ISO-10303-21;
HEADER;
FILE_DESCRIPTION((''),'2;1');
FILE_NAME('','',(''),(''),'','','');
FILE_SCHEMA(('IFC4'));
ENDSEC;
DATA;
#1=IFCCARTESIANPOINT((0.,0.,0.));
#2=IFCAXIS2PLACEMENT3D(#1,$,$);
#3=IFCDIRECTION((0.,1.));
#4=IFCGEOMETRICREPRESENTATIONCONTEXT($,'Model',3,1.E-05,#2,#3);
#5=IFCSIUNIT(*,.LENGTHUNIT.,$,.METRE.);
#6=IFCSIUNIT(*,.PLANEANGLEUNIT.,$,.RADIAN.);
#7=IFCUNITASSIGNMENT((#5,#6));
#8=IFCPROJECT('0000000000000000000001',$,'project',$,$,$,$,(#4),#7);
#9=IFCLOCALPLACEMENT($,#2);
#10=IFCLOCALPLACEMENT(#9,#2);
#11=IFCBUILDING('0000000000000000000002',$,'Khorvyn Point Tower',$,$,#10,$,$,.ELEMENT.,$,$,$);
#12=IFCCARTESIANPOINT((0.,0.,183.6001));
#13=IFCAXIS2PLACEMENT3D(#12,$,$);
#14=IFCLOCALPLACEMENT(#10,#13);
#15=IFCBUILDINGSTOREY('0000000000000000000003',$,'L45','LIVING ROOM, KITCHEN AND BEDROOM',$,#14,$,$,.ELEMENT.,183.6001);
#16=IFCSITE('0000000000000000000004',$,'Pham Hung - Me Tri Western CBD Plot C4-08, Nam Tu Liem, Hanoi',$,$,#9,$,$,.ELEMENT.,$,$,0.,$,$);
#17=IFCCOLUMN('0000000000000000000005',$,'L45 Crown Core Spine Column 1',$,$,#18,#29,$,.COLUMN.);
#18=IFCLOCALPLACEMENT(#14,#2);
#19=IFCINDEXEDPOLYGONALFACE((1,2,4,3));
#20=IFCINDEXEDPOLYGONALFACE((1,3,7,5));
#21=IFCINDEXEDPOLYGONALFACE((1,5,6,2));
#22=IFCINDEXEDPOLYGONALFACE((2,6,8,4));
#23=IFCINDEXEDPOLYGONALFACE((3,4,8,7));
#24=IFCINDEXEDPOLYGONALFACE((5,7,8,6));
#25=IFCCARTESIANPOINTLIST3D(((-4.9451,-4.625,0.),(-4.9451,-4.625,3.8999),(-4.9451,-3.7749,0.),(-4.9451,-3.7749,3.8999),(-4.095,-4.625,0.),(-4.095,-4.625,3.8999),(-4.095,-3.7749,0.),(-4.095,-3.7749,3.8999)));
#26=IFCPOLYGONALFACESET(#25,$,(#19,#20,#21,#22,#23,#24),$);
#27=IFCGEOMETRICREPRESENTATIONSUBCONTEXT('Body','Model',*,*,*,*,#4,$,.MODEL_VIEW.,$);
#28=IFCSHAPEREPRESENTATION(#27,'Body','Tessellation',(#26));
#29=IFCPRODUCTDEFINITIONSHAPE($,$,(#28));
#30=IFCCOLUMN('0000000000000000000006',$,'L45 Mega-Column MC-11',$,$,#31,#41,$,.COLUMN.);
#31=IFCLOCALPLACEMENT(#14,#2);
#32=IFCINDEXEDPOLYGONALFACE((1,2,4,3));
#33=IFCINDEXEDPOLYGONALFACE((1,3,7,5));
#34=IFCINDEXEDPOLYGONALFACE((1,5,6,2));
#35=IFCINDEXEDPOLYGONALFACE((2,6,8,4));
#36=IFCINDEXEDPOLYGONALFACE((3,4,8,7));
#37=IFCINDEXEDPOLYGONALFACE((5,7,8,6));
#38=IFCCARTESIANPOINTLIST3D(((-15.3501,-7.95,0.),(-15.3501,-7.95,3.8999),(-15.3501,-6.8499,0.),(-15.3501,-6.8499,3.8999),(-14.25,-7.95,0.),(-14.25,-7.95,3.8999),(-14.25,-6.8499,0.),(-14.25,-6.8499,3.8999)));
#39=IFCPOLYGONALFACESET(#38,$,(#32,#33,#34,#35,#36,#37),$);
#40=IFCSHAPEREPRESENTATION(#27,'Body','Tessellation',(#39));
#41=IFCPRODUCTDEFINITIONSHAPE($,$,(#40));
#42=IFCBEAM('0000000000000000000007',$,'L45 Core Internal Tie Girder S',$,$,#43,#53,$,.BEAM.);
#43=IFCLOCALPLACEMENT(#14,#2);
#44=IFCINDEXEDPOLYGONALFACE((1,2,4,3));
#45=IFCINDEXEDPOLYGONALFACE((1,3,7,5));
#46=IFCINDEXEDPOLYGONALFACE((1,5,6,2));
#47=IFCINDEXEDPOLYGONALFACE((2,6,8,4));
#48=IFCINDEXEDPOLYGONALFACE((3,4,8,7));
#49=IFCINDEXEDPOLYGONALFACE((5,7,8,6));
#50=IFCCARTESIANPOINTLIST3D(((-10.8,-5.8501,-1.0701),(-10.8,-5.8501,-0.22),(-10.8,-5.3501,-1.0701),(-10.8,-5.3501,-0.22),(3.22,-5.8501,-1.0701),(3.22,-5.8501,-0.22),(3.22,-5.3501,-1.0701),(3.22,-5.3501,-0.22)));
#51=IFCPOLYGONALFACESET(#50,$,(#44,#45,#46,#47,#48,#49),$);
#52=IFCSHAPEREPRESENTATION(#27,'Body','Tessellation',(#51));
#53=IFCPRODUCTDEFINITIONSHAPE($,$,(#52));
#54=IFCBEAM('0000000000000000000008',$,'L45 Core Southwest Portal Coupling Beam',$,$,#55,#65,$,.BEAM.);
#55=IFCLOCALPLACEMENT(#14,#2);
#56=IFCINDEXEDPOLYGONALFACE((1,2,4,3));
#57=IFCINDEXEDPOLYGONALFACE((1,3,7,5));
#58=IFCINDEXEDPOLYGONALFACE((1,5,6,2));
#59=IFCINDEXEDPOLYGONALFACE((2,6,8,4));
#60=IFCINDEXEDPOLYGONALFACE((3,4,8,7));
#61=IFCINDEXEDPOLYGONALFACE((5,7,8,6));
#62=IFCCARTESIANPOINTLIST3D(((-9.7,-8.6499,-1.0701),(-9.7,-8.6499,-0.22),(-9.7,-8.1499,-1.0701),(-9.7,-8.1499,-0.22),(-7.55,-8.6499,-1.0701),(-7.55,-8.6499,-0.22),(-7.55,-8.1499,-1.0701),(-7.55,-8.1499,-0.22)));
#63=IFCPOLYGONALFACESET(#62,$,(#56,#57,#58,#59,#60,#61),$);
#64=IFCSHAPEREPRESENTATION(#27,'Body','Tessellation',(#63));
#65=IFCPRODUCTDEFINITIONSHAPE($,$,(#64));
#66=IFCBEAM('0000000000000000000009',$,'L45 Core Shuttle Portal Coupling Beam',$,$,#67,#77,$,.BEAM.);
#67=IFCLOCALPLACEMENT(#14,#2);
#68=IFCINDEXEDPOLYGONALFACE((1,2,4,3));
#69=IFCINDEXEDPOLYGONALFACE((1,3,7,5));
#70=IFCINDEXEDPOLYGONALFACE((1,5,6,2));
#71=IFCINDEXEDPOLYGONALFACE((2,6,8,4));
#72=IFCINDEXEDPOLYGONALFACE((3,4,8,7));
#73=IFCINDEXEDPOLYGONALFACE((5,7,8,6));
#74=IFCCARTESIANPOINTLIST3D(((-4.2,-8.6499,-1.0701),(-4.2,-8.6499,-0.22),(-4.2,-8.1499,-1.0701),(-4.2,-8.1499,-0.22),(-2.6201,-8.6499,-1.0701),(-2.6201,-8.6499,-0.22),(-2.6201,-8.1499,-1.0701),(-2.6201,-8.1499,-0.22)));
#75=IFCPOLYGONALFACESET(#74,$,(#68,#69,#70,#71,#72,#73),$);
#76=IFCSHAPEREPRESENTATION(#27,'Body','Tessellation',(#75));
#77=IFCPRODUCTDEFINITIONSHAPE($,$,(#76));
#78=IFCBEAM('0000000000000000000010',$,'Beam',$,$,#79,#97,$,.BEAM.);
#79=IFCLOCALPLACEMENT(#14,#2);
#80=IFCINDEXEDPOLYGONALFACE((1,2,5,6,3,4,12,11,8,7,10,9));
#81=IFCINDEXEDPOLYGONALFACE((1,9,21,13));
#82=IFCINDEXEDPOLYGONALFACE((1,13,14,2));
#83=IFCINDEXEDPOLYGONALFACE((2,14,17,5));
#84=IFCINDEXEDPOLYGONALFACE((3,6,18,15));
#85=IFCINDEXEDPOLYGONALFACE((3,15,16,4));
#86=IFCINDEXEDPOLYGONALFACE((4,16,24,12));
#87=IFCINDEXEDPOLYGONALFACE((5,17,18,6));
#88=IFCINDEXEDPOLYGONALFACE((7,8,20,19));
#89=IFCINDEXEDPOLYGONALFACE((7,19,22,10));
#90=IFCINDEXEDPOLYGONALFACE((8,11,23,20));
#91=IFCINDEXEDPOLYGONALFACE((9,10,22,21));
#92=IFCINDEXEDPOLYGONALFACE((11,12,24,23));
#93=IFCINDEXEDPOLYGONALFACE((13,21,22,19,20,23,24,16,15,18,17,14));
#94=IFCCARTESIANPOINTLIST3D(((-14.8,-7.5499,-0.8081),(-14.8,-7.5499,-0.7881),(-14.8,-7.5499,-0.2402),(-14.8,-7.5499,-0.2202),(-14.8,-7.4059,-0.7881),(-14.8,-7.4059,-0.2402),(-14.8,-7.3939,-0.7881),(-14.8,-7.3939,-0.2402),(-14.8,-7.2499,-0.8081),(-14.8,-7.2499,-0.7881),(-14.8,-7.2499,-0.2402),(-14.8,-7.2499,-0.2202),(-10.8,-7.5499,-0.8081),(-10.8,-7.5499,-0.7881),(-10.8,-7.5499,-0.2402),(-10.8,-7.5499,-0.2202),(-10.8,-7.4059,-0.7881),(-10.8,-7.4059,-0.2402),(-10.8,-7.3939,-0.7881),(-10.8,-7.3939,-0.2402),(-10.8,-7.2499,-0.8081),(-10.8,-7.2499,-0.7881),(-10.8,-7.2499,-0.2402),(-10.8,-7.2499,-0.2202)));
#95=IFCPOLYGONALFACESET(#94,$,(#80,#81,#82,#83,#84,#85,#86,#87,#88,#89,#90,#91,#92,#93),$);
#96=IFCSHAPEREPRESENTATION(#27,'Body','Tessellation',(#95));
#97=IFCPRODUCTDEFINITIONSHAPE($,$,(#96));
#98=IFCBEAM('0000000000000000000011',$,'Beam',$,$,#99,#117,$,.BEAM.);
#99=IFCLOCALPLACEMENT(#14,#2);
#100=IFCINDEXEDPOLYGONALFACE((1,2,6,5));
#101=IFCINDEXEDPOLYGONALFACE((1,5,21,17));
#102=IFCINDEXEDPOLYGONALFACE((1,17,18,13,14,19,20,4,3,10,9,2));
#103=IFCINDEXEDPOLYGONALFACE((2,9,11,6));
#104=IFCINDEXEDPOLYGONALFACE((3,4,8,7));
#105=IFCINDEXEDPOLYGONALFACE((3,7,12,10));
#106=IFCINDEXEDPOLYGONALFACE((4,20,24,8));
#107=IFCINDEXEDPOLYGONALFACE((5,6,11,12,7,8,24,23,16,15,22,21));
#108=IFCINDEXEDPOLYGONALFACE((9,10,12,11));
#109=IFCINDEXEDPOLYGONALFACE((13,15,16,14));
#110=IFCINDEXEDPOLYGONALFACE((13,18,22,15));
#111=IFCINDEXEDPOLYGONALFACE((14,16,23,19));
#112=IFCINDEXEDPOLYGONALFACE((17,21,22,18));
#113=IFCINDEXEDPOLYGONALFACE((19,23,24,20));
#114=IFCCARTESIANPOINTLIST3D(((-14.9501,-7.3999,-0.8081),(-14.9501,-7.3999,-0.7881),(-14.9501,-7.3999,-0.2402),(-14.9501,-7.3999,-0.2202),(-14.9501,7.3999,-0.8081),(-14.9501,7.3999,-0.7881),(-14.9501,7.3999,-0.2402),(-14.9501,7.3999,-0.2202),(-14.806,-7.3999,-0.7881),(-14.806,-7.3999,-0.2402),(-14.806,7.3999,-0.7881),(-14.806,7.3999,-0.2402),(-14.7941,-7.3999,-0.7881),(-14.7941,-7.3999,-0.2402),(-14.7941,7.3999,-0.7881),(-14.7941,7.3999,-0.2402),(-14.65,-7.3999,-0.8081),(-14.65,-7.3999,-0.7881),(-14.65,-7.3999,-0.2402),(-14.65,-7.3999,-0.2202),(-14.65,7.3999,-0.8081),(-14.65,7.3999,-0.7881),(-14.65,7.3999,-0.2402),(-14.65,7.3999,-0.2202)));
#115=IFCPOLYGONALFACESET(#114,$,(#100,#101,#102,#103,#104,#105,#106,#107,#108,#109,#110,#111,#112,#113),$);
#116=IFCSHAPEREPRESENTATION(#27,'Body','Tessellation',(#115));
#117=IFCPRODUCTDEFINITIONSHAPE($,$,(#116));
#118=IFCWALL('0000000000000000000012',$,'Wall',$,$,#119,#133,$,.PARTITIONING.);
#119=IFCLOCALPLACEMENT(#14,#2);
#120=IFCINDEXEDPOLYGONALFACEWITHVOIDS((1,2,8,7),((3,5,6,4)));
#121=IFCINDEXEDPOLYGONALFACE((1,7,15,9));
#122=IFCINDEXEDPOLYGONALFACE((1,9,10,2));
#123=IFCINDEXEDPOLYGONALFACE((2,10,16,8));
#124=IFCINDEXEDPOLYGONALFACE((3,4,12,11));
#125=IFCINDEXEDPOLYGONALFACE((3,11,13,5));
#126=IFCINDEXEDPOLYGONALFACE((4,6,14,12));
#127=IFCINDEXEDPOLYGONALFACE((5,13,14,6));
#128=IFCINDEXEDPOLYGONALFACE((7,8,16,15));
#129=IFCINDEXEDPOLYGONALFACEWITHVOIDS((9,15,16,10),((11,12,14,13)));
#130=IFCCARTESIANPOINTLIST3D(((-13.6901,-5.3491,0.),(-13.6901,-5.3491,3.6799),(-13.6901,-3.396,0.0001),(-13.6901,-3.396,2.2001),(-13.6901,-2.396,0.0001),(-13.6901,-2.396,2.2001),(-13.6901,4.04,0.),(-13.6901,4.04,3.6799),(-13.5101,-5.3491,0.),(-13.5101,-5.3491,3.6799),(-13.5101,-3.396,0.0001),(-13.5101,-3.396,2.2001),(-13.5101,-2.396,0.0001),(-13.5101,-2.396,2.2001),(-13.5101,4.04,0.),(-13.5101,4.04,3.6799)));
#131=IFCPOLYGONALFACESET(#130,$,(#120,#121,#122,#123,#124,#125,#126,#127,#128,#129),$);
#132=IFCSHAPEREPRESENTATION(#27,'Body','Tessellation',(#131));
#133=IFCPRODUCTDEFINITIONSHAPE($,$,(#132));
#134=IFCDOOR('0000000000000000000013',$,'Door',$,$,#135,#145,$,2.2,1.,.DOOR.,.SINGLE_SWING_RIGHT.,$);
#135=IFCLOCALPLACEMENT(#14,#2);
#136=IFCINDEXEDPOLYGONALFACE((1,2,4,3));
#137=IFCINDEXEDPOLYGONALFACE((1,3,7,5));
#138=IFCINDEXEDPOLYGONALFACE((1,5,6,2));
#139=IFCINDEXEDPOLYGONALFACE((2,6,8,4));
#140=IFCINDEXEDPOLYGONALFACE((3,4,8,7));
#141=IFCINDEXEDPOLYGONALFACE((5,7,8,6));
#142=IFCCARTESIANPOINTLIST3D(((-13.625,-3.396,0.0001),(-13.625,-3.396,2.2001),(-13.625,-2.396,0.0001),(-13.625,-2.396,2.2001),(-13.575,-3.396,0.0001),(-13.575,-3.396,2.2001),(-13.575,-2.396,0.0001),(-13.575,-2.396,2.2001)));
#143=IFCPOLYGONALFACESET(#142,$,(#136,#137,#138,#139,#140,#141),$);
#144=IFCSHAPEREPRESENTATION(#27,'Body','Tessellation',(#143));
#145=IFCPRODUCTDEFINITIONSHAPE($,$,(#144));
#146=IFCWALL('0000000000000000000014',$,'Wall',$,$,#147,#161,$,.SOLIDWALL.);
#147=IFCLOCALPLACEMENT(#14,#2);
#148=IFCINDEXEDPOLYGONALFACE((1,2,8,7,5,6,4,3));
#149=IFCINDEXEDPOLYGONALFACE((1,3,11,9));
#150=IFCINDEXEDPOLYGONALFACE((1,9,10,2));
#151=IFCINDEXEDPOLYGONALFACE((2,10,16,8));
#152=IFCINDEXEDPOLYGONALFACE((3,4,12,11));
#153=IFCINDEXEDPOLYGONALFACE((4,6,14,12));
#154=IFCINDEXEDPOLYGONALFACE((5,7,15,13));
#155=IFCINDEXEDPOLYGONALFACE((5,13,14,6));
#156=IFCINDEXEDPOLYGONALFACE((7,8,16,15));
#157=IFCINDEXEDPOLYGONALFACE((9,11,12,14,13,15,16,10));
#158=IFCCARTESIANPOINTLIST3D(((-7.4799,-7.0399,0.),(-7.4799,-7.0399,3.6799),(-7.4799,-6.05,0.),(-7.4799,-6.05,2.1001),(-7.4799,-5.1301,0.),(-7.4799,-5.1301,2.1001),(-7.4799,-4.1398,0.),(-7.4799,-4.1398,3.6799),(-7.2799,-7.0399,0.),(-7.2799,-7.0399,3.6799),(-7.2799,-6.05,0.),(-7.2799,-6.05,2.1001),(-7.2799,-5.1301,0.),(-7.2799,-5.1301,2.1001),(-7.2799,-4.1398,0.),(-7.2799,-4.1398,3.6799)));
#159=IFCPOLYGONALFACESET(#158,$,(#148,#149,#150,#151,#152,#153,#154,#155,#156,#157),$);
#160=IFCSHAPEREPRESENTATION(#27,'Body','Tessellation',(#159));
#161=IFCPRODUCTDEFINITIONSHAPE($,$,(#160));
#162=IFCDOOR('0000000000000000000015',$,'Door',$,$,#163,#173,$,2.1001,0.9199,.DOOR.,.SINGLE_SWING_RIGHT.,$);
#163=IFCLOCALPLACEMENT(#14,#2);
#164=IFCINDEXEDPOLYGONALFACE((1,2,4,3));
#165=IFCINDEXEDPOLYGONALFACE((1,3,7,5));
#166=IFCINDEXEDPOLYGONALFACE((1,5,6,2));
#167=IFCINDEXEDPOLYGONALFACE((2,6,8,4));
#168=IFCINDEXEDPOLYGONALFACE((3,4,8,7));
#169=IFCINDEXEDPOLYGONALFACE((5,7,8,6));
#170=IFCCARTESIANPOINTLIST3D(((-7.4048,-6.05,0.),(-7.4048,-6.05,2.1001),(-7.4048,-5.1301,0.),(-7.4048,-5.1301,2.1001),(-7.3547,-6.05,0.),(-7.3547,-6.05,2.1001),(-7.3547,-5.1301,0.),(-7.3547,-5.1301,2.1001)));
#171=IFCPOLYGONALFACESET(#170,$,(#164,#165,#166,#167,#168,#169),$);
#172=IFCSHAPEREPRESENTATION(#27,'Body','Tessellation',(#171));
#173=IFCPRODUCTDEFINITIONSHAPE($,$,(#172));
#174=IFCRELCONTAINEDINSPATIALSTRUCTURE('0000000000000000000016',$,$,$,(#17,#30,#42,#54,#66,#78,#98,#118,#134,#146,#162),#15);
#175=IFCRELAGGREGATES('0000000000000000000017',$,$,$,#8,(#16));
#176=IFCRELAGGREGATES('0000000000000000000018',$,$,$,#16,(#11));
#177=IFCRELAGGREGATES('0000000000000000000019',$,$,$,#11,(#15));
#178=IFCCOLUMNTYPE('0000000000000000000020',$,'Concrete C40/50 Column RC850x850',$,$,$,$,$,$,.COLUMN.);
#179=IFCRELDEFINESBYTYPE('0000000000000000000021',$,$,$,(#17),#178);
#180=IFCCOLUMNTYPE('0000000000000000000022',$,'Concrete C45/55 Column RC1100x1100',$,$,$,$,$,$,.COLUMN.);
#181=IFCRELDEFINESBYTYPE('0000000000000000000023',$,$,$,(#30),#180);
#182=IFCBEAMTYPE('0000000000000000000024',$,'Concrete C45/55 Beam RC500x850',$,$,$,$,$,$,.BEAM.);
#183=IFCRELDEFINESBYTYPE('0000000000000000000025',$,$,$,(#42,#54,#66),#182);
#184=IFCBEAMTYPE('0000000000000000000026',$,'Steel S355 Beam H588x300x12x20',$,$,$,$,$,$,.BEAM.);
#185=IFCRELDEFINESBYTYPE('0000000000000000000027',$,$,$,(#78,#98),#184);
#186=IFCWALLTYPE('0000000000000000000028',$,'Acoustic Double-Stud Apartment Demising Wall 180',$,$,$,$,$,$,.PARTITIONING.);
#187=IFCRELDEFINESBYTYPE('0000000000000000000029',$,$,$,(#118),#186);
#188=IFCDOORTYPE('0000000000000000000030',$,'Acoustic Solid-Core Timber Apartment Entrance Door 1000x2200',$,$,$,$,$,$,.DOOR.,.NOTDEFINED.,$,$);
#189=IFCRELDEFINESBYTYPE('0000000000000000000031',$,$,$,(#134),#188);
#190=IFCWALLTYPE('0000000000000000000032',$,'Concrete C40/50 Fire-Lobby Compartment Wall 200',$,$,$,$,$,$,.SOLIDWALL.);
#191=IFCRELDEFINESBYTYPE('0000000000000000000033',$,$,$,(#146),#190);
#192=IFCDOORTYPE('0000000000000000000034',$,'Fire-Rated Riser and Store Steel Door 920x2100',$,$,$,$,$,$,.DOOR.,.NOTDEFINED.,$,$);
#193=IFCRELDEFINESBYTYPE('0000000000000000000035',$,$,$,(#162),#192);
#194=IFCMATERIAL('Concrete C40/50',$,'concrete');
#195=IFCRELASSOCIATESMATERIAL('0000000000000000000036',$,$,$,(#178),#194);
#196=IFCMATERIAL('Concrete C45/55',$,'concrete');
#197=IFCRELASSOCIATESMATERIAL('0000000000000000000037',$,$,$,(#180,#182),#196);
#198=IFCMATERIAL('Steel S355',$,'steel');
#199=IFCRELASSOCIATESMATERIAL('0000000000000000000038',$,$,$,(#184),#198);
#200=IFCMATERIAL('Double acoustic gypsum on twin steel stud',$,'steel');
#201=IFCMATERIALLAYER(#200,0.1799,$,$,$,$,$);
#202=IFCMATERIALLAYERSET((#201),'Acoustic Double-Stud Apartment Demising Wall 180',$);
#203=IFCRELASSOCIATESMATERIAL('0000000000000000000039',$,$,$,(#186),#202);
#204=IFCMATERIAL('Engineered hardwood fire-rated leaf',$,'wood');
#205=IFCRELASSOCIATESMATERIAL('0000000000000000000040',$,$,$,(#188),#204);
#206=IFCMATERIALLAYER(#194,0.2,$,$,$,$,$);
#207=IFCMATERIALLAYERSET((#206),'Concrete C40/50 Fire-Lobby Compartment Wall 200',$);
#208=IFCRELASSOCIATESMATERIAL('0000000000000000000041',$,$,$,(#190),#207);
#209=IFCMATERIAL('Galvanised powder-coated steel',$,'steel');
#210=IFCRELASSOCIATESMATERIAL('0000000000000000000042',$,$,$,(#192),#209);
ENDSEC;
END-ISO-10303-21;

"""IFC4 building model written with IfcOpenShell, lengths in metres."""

from ifc_helpers import new_model, si_unit, direction, frame, frame_2d, origin, origin_2d, place, context, subcontext, project, spatial, rectangle, i_section, extrude, material, layer, layer_set, material_profile, profile_set, type_object, element, fill, save


model = new_model("IFC4")

# Units and contexts
model_context = context("Model", 3, precision=1e-05, world=origin(), true_north=direction((0.0, 1.0)))
body_context = subcontext(model_context, "Body", "Model", "MODEL_VIEW")
ifc_project = project(units=[si_unit("LENGTHUNIT", "METRE"), si_unit("PLANEANGLEUNIT", "RADIAN")], contexts=[model_context])

# Site, building, storey
site_placement = place(None, origin())
site = spatial("IfcSite", under=ifc_project, at=site_placement, Name="Pham Hung - Me Tri Western CBD Plot C4-08, Nam Tu Liem, Hanoi", CompositionType="ELEMENT", RefElevation=0.0)
building_placement = place(site_placement, origin())
building = spatial("IfcBuilding", under=site, at=building_placement, Name="Khorvyn Point Tower", CompositionType="ELEMENT")
storey_placement = place(building_placement, frame((0.0, 0.0, 183.6001)))
storey = spatial("IfcBuildingStorey", under=building, at=storey_placement, Name="L45", Description="LIVING ROOM, KITCHEN AND BEDROOM", CompositionType="ELEMENT", Elevation=183.6001)

# Columns
ifc_material_1 = material(Name="Concrete C40/50", Category="concrete")
ifc_material_profile_1 = material_profile(ifc_material_1, rectangle(XDim=0.8501, YDim=0.8501, at=origin_2d()))
ifc_profile_set_1 = profile_set([ifc_material_profile_1], Name="Concrete C40/50 RC850x850")
column_type_1 = type_object("IfcColumnType", Name="Concrete C40/50 Column RC850x850", PredefinedType="COLUMN", material=ifc_profile_set_1)
column_1_placement = place(storey_placement, frame((-4.52, -4.2, 0.0), z_axis=(0.0, 0.0, 1.0), x_axis=(1.0, 0.0, 0.0)))
element("IfcColumn", 1, at=column_1_placement, inside=storey, type_object=column_type_1, Name="L45 Crown Core Spine Column 1", PredefinedType="COLUMN", context=body_context, shape_type="SweptSolid", body=[
    extrude(rectangle(XDim=0.8501, YDim=0.8501, at=origin_2d()), origin(), (0.0, 0.0, 1.0), 3.8999),
])
ifc_material_2 = material(Name="Concrete C45/55", Category="concrete")
ifc_material_profile_2 = material_profile(ifc_material_2, rectangle(XDim=1.1001, YDim=1.1001, at=origin_2d()))
ifc_profile_set_2 = profile_set([ifc_material_profile_2], Name="Concrete C45/55 RC1100x1100")
column_type_2 = type_object("IfcColumnType", Name="Concrete C45/55 Column RC1100x1100", PredefinedType="COLUMN", material=ifc_profile_set_2)
column_2_placement = place(storey_placement, frame((-14.8, -7.3999, 0.0), z_axis=(0.0, 0.0, 1.0), x_axis=(1.0, 0.0, 0.0)))
element("IfcColumn", 2, at=column_2_placement, inside=storey, type_object=column_type_2, Name="L45 Mega-Column MC-11", PredefinedType="COLUMN", context=body_context, shape_type="SweptSolid", body=[
    extrude(rectangle(XDim=1.1001, YDim=1.1001, at=origin_2d()), origin(), (0.0, 0.0, 1.0), 3.8999),
])

# Beams
ifc_material_profile_3 = material_profile(ifc_material_2, rectangle(XDim=0.5, YDim=0.8501, at=origin_2d()))
ifc_profile_set_3 = profile_set([ifc_material_profile_3], Name="Concrete C45/55 RC500x850")
beam_type_1 = type_object("IfcBeamType", Name="Concrete C45/55 Beam RC500x850", PredefinedType="BEAM", material=ifc_profile_set_3)
beam_1_placement = place(storey_placement, frame((-10.8, -5.6001, -0.645), z_axis=(1.0, 0.0, 0.0), x_axis=(0.0, 1.0, 0.0)))
element("IfcBeam", 3, at=beam_1_placement, inside=storey, type_object=beam_type_1, Name="L45 Core Internal Tie Girder S", PredefinedType="BEAM", context=body_context, shape_type="SweptSolid", body=[
    extrude(rectangle(XDim=0.5, YDim=0.8501, at=origin_2d()), origin(), (0.0, 0.0, 1.0), 14.02),
])
beam_2_placement = place(storey_placement, frame((-9.7, -8.3999, -0.645), z_axis=(1.0, 0.0, 0.0), x_axis=(0.0, 1.0, 0.0)))
element("IfcBeam", 4, at=beam_2_placement, inside=storey, type_object=beam_type_1, Name="L45 Core Southwest Portal Coupling Beam", PredefinedType="BEAM", context=body_context, shape_type="SweptSolid", body=[
    extrude(rectangle(XDim=0.5, YDim=0.8501, at=origin_2d()), origin(), (0.0, 0.0, 1.0), 2.1499),
])
beam_3_placement = place(storey_placement, frame((-4.2, -8.3999, -0.645), z_axis=(1.0, 0.0, 0.0), x_axis=(0.0, 1.0, 0.0)))
element("IfcBeam", 5, at=beam_3_placement, inside=storey, type_object=beam_type_1, Name="L45 Core Shuttle Portal Coupling Beam", PredefinedType="BEAM", context=body_context, shape_type="SweptSolid", body=[
    extrude(rectangle(XDim=0.5, YDim=0.8501, at=origin_2d()), origin(), (0.0, 0.0, 1.0), 1.5798),
])
ifc_material_3 = material(Name="Steel S355", Category="steel")
ifc_material_profile_4 = material_profile(ifc_material_3, i_section(OverallWidth=0.3, OverallDepth=0.5879, WebThickness=0.012, FlangeThickness=0.02, at=origin_2d()))
ifc_profile_set_4 = profile_set([ifc_material_profile_4], Name="Steel S355 H588x300x12x20")
beam_type_2 = type_object("IfcBeamType", Name="Steel S355 Beam H588x300x12x20", PredefinedType="BEAM", material=ifc_profile_set_4)
beam_4_placement = place(storey_placement, frame((-14.8, -7.3999, -0.5142), z_axis=(1.0, 0.0, 0.0), x_axis=(0.0, 1.0, 0.0)))
element("IfcBeam", 6, at=beam_4_placement, inside=storey, type_object=beam_type_2, Name="Beam", PredefinedType="BEAM", context=body_context, shape_type="SweptSolid", body=[
    extrude(i_section(OverallWidth=0.3, OverallDepth=0.5879, WebThickness=0.012, FlangeThickness=0.02, at=origin_2d()), origin(), (0.0, 0.0, 1.0), 4.0),
])
beam_5_placement = place(storey_placement, frame((-14.8, -7.3999, -0.5142), z_axis=(0.0, 1.0, 0.0), x_axis=(-1.0, 0.0, 0.0)))
element("IfcBeam", 7, at=beam_5_placement, inside=storey, type_object=beam_type_2, Name="Beam", PredefinedType="BEAM", context=body_context, shape_type="SweptSolid", body=[
    extrude(i_section(OverallWidth=0.3, OverallDepth=0.5879, WebThickness=0.012, FlangeThickness=0.02, at=origin_2d()), origin(), (0.0, 0.0, 1.0), 14.7998),
])

# Walls, openings, doors
ifc_material_4 = material(Name="Double acoustic gypsum on twin steel stud", Category="steel")
ifc_layer_1 = layer(ifc_material_4, 0.1799)
ifc_layer_set_1 = layer_set([ifc_layer_1], Name="Acoustic Double-Stud Apartment Demising Wall 180")
wall_type_1 = type_object("IfcWallType", Name="Acoustic Double-Stud Apartment Demising Wall 180", PredefinedType="PARTITIONING", material=ifc_layer_set_1)
wall_1_placement = place(storey_placement, frame((-13.6001, -5.3491, 0.0), z_axis=(0.0, 0.0, 1.0), x_axis=(0.0, 1.0, 0.0)))
wall_1 = element("IfcWall", 8, at=wall_1_placement, inside=storey, type_object=wall_type_1, Name="Wall", PredefinedType="PARTITIONING", context=body_context, shape_type="SweptSolid", body=[
    extrude(rectangle(XDim=9.3892, YDim=0.1799, at=frame_2d((4.6946, 0.0))), origin(), (0.0, 0.0, 1.0), 3.6799),
])
opening_1_placement = place(wall_1_placement, frame((1.9531, 0.0, 0.0)))
opening_1 = element("IfcOpeningElement", 9, at=opening_1_placement, cuts=wall_1, PredefinedType="OPENING", context=body_context, shape_type="SweptSolid", body=[
    extrude(rectangle(XDim=1.0, YDim=2.2, at=frame_2d((0.5, 1.1001))), frame((0.0, 0.0999, 0.0), z_axis=(0.0, -1.0, 0.0), x_axis=(1.0, 0.0, 0.0)), (0.0, 0.0, 1.0), 0.2),
])
ifc_material_5 = material(Name="Engineered hardwood fire-rated leaf", Category="wood")
door_type_1 = type_object("IfcDoorType", Name="Acoustic Solid-Core Timber Apartment Entrance Door 1000x2200", OperationType="NOTDEFINED", PredefinedType="DOOR", material=ifc_material_5)
door_1_placement = place(opening_1_placement, origin())
door_1 = element("IfcDoor", 10, at=door_1_placement, inside=storey, type_object=door_type_1, Name="Door", OperationType="SINGLE_SWING_RIGHT", OverallHeight=2.2, OverallWidth=1.0, PredefinedType="DOOR", context=body_context, shape_type="SweptSolid", body=[
    extrude(rectangle(XDim=1.0, YDim=2.2, at=frame_2d((0.5, 1.1001))), frame((0.0, 0.0249, 0.0), z_axis=(0.0, -1.0, 0.0), x_axis=(1.0, 0.0, 0.0)), (0.0, 0.0, 1.0), 0.05),
])
fill(opening_1, door_1)
ifc_layer_2 = layer(ifc_material_1, 0.2)
ifc_layer_set_2 = layer_set([ifc_layer_2], Name="Concrete C40/50 Fire-Lobby Compartment Wall 200")
wall_type_2 = type_object("IfcWallType", Name="Concrete C40/50 Fire-Lobby Compartment Wall 200", PredefinedType="SOLIDWALL", material=ifc_layer_set_2)
ifc_material_6 = material(Name="Galvanised powder-coated steel", Category="steel")
wall_2_placement = place(storey_placement, frame((-7.3799, -7.04, 0.0), z_axis=(0.0, 0.0, 1.0), x_axis=(0.0, 1.0, 0.0)))
wall_2 = element("IfcWall", 11, at=wall_2_placement, inside=storey, type_object=wall_type_2, Name="Wall", PredefinedType="SOLIDWALL", context=body_context, shape_type="SweptSolid", body=[
    extrude(rectangle(XDim=2.9001, YDim=0.2, at=frame_2d((1.4502, 0.0))), origin(), (0.0, 0.0, 1.0), 3.6799),
])
opening_2_placement = place(wall_2_placement, frame((0.99, 0.0, 0.0)))
opening_2 = element("IfcOpeningElement", 12, at=opening_2_placement, cuts=wall_2, PredefinedType="OPENING", context=body_context, shape_type="SweptSolid", body=[
    extrude(rectangle(XDim=0.9199, YDim=2.1001, at=frame_2d((0.46, 1.05))), frame((0.0, 0.1099, 0.0), z_axis=(0.0, -1.0, 0.0), x_axis=(1.0, 0.0, 0.0)), (0.0, 0.0, 1.0), 0.22),
])
door_type_2 = type_object("IfcDoorType", Name="Fire-Rated Riser and Store Steel Door 920x2100", OperationType="NOTDEFINED", PredefinedType="DOOR", material=ifc_material_6)
door_2_placement = place(opening_2_placement, origin())
door_2 = element("IfcDoor", 13, at=door_2_placement, inside=storey, type_object=door_type_2, Name="Door", OperationType="SINGLE_SWING_RIGHT", OverallHeight=2.1001, OverallWidth=0.9199, PredefinedType="DOOR", context=body_context, shape_type="SweptSolid", body=[
    extrude(rectangle(XDim=0.9199, YDim=2.1001, at=frame_2d((0.46, 1.05))), frame((0.0, 0.0249, 0.0), z_axis=(0.0, -1.0, 0.0), x_axis=(1.0, 0.0, 0.0)), (0.0, 0.0, 1.0), 0.05),
])
fill(opening_2, door_2)

save(model, "model.ifc")
